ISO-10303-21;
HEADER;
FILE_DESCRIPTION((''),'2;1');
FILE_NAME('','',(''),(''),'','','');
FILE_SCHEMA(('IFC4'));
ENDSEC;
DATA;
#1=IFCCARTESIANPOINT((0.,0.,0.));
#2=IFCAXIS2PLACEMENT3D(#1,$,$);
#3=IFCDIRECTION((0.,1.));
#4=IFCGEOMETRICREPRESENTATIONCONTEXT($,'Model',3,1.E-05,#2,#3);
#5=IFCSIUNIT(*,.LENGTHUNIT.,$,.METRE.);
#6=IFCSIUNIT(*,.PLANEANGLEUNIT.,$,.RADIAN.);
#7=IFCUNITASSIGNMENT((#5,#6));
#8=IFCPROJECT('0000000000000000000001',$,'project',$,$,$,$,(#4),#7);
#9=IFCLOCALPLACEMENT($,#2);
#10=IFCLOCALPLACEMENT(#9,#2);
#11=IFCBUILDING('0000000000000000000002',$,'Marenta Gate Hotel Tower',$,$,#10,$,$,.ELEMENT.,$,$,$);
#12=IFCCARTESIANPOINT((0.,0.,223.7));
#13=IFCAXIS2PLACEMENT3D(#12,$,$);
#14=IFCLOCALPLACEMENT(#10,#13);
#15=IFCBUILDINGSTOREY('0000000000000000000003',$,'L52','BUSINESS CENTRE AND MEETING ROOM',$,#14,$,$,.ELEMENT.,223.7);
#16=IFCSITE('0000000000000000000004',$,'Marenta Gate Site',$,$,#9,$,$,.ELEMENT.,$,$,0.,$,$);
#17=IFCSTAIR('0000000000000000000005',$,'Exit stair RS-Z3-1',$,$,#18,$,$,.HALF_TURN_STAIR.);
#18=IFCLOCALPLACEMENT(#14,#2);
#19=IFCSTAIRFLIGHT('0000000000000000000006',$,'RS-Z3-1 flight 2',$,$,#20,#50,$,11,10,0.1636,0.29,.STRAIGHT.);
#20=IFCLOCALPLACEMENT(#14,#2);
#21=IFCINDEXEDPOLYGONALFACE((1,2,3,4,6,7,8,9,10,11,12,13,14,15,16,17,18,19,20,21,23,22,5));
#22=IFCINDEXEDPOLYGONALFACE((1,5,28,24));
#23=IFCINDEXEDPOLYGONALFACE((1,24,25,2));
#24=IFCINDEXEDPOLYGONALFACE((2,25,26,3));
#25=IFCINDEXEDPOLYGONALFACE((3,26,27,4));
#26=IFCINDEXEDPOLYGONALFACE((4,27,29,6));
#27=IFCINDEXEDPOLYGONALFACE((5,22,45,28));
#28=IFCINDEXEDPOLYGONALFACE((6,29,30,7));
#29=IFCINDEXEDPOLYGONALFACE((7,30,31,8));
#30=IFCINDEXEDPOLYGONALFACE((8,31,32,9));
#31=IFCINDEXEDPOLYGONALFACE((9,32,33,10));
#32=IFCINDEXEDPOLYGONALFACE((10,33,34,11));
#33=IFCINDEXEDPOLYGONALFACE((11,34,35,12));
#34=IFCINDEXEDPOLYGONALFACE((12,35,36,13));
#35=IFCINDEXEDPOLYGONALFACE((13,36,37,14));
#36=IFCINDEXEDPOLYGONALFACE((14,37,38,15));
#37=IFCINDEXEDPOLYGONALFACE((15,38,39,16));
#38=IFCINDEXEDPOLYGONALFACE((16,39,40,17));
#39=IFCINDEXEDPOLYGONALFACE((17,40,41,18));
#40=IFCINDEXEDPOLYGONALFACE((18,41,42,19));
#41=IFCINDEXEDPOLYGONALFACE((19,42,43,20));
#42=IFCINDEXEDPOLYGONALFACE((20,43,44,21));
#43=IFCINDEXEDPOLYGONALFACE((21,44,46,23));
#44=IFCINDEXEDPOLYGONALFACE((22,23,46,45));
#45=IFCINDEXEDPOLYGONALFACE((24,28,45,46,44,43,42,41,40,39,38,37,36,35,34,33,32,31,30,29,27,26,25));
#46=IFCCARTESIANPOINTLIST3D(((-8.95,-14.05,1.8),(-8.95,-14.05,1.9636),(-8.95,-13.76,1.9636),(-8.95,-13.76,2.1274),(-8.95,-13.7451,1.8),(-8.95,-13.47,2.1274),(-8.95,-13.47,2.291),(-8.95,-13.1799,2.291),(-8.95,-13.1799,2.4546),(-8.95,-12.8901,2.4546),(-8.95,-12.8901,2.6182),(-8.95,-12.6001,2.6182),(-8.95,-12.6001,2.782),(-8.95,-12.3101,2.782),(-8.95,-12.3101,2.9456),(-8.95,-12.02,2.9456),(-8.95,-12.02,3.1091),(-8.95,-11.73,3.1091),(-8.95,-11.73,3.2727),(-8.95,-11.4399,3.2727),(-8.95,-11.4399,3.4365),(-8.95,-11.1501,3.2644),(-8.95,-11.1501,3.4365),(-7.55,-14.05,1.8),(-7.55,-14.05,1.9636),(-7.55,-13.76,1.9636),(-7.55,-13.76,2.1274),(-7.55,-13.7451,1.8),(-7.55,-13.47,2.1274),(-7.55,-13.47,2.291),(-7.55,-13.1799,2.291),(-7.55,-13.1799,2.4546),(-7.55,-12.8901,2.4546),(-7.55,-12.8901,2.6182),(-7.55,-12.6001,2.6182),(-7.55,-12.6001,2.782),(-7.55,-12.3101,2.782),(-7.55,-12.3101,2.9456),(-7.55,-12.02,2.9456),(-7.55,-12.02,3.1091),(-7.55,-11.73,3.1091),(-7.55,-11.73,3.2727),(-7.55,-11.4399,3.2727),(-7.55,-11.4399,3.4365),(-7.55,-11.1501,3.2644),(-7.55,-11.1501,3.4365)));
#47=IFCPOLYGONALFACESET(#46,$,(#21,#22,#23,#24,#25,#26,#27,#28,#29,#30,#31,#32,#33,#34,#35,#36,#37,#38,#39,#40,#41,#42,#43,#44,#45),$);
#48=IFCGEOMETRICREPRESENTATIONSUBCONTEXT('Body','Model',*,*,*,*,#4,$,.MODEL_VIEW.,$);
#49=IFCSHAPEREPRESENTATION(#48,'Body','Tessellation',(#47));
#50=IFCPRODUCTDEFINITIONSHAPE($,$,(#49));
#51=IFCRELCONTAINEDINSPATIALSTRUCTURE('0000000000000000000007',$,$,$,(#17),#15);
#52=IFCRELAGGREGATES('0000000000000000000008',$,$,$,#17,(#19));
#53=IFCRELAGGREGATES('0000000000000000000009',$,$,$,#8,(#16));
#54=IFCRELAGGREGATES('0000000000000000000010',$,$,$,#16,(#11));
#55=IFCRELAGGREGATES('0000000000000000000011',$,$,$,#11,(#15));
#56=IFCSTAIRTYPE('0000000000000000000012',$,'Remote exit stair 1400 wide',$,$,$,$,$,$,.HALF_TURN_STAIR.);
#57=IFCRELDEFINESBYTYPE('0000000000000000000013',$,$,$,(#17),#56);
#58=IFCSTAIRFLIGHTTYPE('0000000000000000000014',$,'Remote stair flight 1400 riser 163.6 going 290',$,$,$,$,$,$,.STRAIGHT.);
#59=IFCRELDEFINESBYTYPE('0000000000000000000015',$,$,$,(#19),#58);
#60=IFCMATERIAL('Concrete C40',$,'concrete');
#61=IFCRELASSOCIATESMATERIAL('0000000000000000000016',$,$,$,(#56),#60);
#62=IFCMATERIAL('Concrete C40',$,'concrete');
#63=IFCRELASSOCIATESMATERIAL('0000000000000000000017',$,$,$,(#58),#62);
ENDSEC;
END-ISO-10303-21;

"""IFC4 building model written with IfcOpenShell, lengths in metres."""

from ifc_helpers import new_model, si_unit, direction, frame, origin, place, context, subcontext, project, spatial, polyline, outline, extrude, material, type_object, element, aggregate, save


model = new_model("IFC4")

# Units and contexts
model_context = context("Model", 3, precision=1e-05, world=origin(), true_north=direction((0.0, 1.0)))
body_context = subcontext(model_context, "Body", "Model", "MODEL_VIEW")
ifc_project = project(units=[si_unit("LENGTHUNIT", "METRE"), si_unit("PLANEANGLEUNIT", "RADIAN")], contexts=[model_context])

# Site, building, storey
site_placement = place(None, origin())
site = spatial("IfcSite", under=ifc_project, at=site_placement, Name="Marenta Gate Site", CompositionType="ELEMENT", RefElevation=0.0)
building_placement = place(site_placement, origin())
building = spatial("IfcBuilding", under=site, at=building_placement, Name="Marenta Gate Hotel Tower", CompositionType="ELEMENT")
storey_placement = place(building_placement, frame((0.0, 0.0, 223.7)))
storey = spatial("IfcBuildingStorey", under=building, at=storey_placement, Name="L52", Description="BUSINESS CENTRE AND MEETING ROOM", CompositionType="ELEMENT", Elevation=223.7)

# Stair, stair flight
ifc_material_1 = material(Name="Concrete C40", Category="concrete")
stair_type = type_object("IfcStairType", Name="Remote exit stair 1400 wide", PredefinedType="HALF_TURN_STAIR", material=ifc_material_1)
stair_placement = place(storey_placement, origin())
stair = element("IfcStair", 1, at=stair_placement, inside=storey, type_object=stair_type, Name="Exit stair RS-Z3-1", PredefinedType="HALF_TURN_STAIR")
ifc_material_2 = material(Name="Concrete C40", Category="concrete")
stair_flight_type = type_object("IfcStairFlightType", Name="Remote stair flight 1400 riser 163.6 going 290", PredefinedType="STRAIGHT", material=ifc_material_2)
stair_flight_1_placement = place(storey_placement, frame((-8.25, -14.05, 1.8), z_axis=(0.0, 0.0, 1.0), x_axis=(0.0, 1.0, 0.0)))
stair_flight_1 = element("IfcStairFlight", 2, at=stair_flight_1_placement, type_object=stair_flight_type, Name="RS-Z3-1 flight 2", NumberOfRisers=11, NumberOfTreads=10, PredefinedType="STRAIGHT", RiserHeight=0.1636, TreadLength=0.29, context=body_context, shape_type="SweptSolid", body=[
    extrude(outline(polyline([(0.0, 0.0), (0.0, 0.1636), (0.29, 0.1636), (0.29, 0.3274), (0.5801, 0.3274), (0.5801, 0.491), (0.8701, 0.491), (0.8701, 0.6545), (1.1599, 0.6545), (1.1599, 0.8181), (1.45, 0.8181), (1.45, 0.9819), (1.74, 0.9819), (1.74, 1.1455), (2.03, 1.1455), (2.03, 1.3091), (2.3201, 1.3091), (2.3201, 1.4727), (2.6101, 1.4727), (2.6101, 1.6365), (2.8999, 1.6365), (2.8999, 1.8), (2.8999, 1.4644), (0.3049, 0.0), (0.0, 0.0)])), frame((0.0, 0.7, 0.0), z_axis=(0.0, -1.0, 0.0), x_axis=(1.0, 0.0, 0.0)), (0.0, 0.0, 1.0), 1.3999),
])
aggregate(stair, [stair_flight_1])

save(model, "model.ifc")
